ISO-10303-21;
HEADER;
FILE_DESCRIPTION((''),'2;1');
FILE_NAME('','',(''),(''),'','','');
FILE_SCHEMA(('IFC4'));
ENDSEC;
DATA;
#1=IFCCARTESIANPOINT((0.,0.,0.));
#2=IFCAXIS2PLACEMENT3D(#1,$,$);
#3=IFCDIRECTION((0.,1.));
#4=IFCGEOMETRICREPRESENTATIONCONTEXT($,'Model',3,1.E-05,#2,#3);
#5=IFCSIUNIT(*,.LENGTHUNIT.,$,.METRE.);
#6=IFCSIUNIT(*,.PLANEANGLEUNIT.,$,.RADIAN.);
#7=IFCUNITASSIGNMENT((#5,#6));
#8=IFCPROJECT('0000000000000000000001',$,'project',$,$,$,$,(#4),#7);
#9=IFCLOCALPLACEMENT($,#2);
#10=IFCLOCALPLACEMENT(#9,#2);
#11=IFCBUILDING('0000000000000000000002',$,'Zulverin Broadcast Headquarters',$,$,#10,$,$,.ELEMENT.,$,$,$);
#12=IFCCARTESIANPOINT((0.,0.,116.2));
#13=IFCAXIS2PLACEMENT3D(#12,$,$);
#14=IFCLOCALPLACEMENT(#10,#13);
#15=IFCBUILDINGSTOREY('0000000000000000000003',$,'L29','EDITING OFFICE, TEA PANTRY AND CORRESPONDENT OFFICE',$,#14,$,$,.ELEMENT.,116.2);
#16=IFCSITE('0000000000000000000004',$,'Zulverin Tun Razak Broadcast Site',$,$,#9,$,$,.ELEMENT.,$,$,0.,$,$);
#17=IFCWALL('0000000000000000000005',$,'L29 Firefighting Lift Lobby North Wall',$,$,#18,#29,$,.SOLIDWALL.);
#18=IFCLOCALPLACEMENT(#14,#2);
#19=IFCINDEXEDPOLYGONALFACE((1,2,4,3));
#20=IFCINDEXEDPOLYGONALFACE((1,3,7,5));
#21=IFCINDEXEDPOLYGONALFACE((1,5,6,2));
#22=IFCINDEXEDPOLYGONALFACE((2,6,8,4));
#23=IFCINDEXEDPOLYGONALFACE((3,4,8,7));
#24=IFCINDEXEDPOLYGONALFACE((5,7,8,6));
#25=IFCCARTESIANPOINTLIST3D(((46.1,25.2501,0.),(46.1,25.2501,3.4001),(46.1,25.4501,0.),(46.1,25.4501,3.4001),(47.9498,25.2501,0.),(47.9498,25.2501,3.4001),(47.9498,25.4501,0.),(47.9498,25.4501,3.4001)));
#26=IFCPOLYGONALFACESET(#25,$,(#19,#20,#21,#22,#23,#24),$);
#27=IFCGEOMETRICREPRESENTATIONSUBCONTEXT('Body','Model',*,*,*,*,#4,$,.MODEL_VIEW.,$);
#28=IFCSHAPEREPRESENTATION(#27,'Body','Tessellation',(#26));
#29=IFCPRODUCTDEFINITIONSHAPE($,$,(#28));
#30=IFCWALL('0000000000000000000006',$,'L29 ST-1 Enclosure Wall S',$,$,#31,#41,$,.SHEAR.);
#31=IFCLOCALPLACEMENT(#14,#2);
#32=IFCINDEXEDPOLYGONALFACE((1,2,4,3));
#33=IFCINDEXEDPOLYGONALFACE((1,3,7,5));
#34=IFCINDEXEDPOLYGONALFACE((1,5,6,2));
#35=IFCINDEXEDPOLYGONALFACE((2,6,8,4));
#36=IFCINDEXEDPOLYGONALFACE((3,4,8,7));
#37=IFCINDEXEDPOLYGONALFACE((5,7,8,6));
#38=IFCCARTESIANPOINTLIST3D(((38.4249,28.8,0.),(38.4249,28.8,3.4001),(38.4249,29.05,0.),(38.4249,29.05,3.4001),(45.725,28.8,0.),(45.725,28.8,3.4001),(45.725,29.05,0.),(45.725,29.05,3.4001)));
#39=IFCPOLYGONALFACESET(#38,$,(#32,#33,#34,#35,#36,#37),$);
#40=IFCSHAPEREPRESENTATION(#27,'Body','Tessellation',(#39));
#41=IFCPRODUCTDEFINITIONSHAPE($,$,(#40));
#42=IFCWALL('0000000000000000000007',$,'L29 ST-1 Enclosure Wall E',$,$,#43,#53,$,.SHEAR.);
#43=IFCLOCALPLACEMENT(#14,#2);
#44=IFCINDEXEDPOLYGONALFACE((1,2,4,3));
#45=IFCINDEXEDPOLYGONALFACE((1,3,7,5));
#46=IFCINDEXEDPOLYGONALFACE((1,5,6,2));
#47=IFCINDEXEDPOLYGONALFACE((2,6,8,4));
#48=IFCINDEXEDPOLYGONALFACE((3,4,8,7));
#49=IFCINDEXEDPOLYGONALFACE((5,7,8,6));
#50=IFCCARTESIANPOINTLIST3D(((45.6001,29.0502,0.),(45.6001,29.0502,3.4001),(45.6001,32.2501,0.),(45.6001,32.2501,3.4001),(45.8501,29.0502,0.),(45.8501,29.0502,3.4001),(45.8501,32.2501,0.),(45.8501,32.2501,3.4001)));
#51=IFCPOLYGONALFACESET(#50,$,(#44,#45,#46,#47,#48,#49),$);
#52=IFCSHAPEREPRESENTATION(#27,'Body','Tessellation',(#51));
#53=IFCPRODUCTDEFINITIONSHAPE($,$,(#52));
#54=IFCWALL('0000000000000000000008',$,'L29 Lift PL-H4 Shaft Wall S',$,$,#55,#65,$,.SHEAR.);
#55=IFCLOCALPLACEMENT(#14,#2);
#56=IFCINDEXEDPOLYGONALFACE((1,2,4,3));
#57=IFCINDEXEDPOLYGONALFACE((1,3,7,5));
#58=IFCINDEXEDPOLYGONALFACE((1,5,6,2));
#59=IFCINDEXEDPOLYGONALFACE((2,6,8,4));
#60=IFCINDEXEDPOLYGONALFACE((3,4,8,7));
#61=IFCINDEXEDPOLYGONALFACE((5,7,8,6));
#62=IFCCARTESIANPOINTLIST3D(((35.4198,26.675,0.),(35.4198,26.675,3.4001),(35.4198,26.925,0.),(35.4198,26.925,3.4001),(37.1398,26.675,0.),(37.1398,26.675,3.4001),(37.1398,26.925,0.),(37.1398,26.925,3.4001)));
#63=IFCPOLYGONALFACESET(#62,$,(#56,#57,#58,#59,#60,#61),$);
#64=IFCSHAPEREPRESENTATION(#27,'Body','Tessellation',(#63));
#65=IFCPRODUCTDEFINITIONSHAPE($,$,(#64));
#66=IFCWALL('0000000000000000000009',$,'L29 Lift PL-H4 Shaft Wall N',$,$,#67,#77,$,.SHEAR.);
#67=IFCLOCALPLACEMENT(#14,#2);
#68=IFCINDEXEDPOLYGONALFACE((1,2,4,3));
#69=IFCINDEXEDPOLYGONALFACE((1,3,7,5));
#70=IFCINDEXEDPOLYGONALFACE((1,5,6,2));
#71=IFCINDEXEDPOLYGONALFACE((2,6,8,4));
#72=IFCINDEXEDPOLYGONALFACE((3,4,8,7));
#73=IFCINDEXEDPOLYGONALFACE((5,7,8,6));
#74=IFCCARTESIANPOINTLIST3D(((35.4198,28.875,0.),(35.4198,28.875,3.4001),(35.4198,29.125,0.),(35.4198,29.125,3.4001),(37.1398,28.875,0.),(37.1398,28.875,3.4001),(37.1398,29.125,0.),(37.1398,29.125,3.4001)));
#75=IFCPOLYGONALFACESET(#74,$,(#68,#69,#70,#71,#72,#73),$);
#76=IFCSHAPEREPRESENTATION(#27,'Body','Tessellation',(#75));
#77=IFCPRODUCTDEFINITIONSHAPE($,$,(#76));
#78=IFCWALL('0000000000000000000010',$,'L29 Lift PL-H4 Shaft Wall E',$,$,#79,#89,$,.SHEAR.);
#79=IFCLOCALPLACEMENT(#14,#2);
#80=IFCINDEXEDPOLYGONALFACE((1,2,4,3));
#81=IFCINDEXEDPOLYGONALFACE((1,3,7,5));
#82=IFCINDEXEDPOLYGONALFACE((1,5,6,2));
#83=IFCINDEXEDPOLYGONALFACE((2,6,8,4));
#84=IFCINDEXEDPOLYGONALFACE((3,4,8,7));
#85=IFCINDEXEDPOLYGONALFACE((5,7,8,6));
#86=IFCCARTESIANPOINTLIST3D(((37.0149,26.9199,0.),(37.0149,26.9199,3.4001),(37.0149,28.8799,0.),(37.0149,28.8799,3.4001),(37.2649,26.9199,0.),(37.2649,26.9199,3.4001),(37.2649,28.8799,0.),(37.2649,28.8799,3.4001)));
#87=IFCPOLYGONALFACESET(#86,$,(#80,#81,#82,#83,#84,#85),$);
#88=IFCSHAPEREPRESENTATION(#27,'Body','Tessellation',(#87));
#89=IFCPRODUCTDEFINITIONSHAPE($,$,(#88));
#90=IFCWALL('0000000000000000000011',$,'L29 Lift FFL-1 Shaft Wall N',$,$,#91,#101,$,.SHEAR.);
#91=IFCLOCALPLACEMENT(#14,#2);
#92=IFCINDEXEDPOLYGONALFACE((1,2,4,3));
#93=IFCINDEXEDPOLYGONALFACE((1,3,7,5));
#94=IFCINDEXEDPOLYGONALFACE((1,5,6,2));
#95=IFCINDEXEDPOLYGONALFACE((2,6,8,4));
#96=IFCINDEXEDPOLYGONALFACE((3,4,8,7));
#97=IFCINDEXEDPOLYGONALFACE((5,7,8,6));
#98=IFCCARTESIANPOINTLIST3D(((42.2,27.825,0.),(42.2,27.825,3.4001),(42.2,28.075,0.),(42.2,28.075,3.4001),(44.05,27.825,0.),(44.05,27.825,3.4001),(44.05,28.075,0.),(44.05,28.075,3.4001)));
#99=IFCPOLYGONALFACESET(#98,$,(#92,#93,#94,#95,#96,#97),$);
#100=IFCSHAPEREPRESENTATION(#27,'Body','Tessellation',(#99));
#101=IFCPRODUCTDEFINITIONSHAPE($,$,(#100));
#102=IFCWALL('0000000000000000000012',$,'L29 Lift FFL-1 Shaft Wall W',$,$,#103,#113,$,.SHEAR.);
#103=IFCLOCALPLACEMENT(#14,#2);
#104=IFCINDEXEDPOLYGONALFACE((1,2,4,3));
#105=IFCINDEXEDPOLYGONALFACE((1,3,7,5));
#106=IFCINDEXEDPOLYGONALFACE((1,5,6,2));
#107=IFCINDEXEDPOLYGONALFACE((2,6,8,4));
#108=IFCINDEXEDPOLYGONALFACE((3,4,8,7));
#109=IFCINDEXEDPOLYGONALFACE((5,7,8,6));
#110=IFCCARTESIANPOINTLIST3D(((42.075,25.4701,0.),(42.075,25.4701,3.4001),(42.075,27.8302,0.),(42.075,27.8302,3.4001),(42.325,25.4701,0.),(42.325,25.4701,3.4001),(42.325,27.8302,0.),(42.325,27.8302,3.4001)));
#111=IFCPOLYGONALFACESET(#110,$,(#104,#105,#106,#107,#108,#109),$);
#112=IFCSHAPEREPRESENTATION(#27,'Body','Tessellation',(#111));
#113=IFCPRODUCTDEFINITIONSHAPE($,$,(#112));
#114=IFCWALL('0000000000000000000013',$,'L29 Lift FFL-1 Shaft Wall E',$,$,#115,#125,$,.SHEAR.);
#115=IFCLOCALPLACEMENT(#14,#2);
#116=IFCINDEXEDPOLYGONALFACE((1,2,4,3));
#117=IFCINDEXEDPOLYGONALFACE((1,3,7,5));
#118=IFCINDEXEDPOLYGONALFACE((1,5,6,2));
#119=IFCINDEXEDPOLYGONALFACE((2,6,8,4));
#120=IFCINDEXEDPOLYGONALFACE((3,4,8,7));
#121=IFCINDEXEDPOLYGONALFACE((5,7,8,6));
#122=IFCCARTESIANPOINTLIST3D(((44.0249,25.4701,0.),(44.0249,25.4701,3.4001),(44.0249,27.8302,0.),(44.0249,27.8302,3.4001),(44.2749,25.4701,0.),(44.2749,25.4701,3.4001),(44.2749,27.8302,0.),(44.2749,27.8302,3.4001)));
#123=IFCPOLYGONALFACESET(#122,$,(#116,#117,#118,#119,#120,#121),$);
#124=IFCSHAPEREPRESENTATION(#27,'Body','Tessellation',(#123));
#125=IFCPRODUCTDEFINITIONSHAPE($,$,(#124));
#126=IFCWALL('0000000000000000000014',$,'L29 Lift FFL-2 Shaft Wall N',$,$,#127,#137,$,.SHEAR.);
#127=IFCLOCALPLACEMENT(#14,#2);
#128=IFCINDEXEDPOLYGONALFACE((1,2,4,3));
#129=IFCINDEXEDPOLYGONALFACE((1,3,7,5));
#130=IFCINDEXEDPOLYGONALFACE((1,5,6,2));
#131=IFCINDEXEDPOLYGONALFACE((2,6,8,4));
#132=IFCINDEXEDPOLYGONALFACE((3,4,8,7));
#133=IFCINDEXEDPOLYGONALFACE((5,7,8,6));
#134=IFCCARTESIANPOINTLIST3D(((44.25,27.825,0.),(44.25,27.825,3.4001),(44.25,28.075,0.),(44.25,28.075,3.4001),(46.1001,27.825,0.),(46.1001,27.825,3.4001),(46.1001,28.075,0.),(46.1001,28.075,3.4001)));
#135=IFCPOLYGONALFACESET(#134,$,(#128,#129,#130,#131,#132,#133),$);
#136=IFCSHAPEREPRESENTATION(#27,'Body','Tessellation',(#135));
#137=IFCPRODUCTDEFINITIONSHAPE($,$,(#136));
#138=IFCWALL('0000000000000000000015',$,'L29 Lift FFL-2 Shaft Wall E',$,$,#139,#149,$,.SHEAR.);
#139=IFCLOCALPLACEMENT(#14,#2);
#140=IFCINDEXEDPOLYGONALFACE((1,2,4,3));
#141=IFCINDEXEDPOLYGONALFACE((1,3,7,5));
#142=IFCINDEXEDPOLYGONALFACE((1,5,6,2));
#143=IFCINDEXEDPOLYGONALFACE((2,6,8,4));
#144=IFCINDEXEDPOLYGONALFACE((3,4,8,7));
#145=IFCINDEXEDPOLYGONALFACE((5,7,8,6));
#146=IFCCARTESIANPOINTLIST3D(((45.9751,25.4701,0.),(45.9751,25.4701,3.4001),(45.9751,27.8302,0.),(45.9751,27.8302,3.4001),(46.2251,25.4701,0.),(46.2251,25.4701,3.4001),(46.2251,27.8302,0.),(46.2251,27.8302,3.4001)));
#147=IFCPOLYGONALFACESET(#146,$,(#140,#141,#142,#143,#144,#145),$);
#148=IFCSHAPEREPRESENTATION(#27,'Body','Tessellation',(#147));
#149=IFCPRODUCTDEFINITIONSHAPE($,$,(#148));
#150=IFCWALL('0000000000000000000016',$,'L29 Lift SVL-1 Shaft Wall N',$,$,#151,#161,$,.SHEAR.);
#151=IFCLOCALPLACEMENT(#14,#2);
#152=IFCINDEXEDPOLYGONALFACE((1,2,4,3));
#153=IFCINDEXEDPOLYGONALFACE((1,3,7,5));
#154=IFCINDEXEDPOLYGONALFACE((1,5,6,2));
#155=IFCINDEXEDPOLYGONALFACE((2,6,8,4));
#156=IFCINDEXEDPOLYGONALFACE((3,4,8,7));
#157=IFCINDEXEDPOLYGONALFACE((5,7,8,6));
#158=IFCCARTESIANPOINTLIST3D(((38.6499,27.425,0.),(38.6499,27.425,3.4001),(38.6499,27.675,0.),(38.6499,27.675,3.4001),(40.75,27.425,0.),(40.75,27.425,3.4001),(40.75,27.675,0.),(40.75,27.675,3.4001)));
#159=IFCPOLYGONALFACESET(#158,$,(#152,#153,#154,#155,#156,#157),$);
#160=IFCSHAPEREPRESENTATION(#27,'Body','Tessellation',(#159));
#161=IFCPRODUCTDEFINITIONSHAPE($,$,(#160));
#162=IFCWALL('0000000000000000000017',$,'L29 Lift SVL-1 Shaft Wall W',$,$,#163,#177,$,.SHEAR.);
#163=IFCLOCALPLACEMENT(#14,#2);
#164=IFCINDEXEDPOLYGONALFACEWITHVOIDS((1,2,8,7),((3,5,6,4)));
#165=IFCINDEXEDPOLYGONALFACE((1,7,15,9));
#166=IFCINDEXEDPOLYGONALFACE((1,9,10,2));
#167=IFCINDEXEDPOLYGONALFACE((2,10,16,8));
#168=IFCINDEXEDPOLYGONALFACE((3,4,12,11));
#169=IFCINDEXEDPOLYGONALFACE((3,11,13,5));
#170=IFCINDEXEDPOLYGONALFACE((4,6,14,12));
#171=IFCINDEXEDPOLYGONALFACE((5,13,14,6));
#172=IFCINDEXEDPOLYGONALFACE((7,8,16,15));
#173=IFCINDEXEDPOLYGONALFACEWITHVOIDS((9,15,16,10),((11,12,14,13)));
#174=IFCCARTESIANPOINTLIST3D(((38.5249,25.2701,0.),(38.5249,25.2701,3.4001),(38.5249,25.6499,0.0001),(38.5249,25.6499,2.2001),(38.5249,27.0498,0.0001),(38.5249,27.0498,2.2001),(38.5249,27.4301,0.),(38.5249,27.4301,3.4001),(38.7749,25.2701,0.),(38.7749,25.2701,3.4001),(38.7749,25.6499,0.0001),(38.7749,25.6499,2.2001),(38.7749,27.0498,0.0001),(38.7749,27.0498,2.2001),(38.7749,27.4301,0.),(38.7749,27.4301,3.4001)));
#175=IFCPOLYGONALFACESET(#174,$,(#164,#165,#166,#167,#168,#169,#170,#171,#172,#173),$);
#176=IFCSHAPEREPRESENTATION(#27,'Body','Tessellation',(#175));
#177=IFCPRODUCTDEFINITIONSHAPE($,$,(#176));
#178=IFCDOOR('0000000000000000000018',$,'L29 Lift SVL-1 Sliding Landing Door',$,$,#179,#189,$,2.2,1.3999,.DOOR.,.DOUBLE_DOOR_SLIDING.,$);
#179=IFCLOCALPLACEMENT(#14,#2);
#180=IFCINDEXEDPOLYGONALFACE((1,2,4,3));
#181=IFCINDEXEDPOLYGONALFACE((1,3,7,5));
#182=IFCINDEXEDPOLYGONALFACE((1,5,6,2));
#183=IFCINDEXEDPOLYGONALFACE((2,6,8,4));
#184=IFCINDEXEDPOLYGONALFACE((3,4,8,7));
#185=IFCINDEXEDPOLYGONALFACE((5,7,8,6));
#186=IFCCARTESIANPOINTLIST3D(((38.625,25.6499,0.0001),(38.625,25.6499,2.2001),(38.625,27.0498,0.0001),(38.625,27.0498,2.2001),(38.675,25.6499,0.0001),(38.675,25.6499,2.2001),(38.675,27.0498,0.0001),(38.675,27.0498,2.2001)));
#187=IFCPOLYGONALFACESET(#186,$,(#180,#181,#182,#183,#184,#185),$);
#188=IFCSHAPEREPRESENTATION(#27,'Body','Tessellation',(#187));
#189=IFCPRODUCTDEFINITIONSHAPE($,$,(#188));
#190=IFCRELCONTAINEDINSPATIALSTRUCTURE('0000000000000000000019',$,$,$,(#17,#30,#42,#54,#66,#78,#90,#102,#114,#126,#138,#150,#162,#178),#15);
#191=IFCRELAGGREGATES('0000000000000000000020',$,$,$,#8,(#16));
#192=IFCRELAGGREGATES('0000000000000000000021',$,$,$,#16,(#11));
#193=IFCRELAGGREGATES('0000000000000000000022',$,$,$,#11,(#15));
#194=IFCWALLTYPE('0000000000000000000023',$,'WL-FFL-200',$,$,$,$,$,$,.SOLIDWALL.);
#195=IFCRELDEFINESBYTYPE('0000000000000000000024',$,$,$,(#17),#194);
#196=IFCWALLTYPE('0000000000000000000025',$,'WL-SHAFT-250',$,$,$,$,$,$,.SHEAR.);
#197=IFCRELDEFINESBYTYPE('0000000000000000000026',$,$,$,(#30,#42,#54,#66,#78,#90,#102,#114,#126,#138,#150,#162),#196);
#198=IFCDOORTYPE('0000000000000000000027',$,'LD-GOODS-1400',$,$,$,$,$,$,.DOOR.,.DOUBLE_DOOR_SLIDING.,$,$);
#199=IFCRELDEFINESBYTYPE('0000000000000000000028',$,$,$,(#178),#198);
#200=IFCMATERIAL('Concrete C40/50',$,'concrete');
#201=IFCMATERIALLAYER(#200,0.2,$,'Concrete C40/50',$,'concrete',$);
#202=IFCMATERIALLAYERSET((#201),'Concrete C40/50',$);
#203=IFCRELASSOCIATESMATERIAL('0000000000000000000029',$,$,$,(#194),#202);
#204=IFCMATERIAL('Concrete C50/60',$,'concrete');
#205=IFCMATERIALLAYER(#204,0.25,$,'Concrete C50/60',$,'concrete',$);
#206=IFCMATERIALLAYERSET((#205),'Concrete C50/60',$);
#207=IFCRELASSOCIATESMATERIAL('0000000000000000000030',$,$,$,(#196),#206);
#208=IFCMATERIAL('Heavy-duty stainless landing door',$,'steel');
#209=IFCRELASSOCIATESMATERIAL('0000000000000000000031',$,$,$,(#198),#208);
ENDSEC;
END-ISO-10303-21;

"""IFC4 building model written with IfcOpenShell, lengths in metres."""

from ifc_helpers import new_model, si_unit, direction, frame, frame_2d, origin, place, context, subcontext, project, spatial, rectangle, extrude, material, layer, layer_set, type_object, element, fill, save


model = new_model("IFC4")

# Units and contexts
model_context = context("Model", 3, precision=1e-05, world=origin(), true_north=direction((0.0, 1.0)))
body_context = subcontext(model_context, "Body", "Model", "MODEL_VIEW")
ifc_project = project(units=[si_unit("LENGTHUNIT", "METRE"), si_unit("PLANEANGLEUNIT", "RADIAN")], contexts=[model_context])

# Site, building, storey
site_placement = place(None, origin())
site = spatial("IfcSite", under=ifc_project, at=site_placement, Name="Zulverin Tun Razak Broadcast Site", CompositionType="ELEMENT", RefElevation=0.0)
building_placement = place(site_placement, origin())
building = spatial("IfcBuilding", under=site, at=building_placement, Name="Zulverin Broadcast Headquarters", CompositionType="ELEMENT")
storey_placement = place(building_placement, frame((0.0, 0.0, 116.2)))
storey = spatial("IfcBuildingStorey", under=building, at=storey_placement, Name="L29", Description="EDITING OFFICE, TEA PANTRY AND CORRESPONDENT OFFICE", CompositionType="ELEMENT", Elevation=116.2)

# Walls
ifc_material_1 = material(Name="Concrete C40/50", Category="concrete")
ifc_layer_1 = layer(ifc_material_1, 0.2, Name="Concrete C40/50", Category="concrete")
ifc_layer_set_1 = layer_set([ifc_layer_1], Name="Concrete C40/50")
wall_type_1 = type_object("IfcWallType", Name="WL-FFL-200", PredefinedType="SOLIDWALL", material=ifc_layer_set_1)
wall_1_placement = place(storey_placement, frame((46.1001, 25.3501, 0.0), z_axis=(0.0, 0.0, 1.0), x_axis=(1.0, 0.0, 0.0)))
element("IfcWall", 1, at=wall_1_placement, inside=storey, type_object=wall_type_1, Name="L29 Firefighting Lift Lobby North Wall", PredefinedType="SOLIDWALL", context=body_context, shape_type="SweptSolid", body=[
    extrude(rectangle(XDim=1.8499, YDim=0.2, at=frame_2d((0.9248, 0.0))), origin(), (0.0, 0.0, 1.0), 3.4001),
])
ifc_material_2 = material(Name="Concrete C50/60", Category="concrete")
ifc_layer_2 = layer(ifc_material_2, 0.25, Name="Concrete C50/60", Category="concrete")
ifc_layer_set_2 = layer_set([ifc_layer_2], Name="Concrete C50/60")
wall_type_2 = type_object("IfcWallType", Name="WL-SHAFT-250", PredefinedType="SHEAR", material=ifc_layer_set_2)
wall_2_placement = place(storey_placement, frame((38.425, 28.925, 0.0), z_axis=(0.0, 0.0, 1.0), x_axis=(1.0, 0.0, 0.0)))
element("IfcWall", 2, at=wall_2_placement, inside=storey, type_object=wall_type_2, Name="L29 ST-1 Enclosure Wall S", PredefinedType="SHEAR", context=body_context, shape_type="SweptSolid", body=[
    extrude(rectangle(XDim=7.3, YDim=0.25, at=frame_2d((3.6499, 0.0))), origin(), (0.0, 0.0, 1.0), 3.4001),
])

# Walls
wall_3_placement = place(storey_placement, frame((45.7251, 29.05, 0.0), z_axis=(0.0, 0.0, 1.0), x_axis=(0.0, 1.0, 0.0)))
element("IfcWall", 3, at=wall_3_placement, inside=storey, type_object=wall_type_2, Name="L29 ST-1 Enclosure Wall E", PredefinedType="SHEAR", context=body_context, shape_type="SweptSolid", body=[
    extrude(rectangle(XDim=3.2, YDim=0.25, at=frame_2d((1.6001, 0.0))), origin(), (0.0, 0.0, 1.0), 3.4001),
])
for number, where, z_axis, x_axis, name in (
    (4, (35.4199, 26.8, 0.0), (0.0, 0.0, 1.0), (1.0, 0.0, 0.0), "L29 Lift PL-H4 Shaft Wall S"),
    (5, (35.4199, 29.0, 0.0), (0.0, 0.0, 1.0), (1.0, 0.0, 0.0), "L29 Lift PL-H4 Shaft Wall N"),
):
    element("IfcWall", number, at=place(storey_placement, frame(where, z_axis=z_axis, x_axis=x_axis)), inside=storey, type_object=wall_type_2, Name=name, PredefinedType="SHEAR", context=body_context, shape_type="SweptSolid", body=[
        extrude(rectangle(XDim=1.72, YDim=0.25, at=frame_2d((0.8599, 0.0))), origin(), (0.0, 0.0, 1.0), 3.4001),
    ])
wall_4_placement = place(storey_placement, frame((37.1399, 26.9199, 0.0), z_axis=(0.0, 0.0, 1.0), x_axis=(0.0, 1.0, 0.0)))
element("IfcWall", 6, at=wall_4_placement, inside=storey, type_object=wall_type_2, Name="L29 Lift PL-H4 Shaft Wall E", PredefinedType="SHEAR", context=body_context, shape_type="SweptSolid", body=[
    extrude(rectangle(XDim=1.96, YDim=0.25, at=frame_2d((0.98, 0.0))), origin(), (0.0, 0.0, 1.0), 3.4001),
])

# Walls
wall_5_placement = place(storey_placement, frame((42.2, 27.95, 0.0), z_axis=(0.0, 0.0, 1.0), x_axis=(1.0, 0.0, 0.0)))
element("IfcWall", 7, at=wall_5_placement, inside=storey, type_object=wall_type_2, Name="L29 Lift FFL-1 Shaft Wall N", PredefinedType="SHEAR", context=body_context, shape_type="SweptSolid", body=[
    extrude(rectangle(XDim=1.8501, YDim=0.25, at=frame_2d((0.925, 0.0))), origin(), (0.0, 0.0, 1.0), 3.4001),
])
for number, where, z_axis, x_axis, name in (
    (8, (42.2, 25.47, 0.0), (0.0, 0.0, 1.0), (0.0, 1.0, 0.0), "L29 Lift FFL-1 Shaft Wall W"),
    (9, (44.1499, 25.47, 0.0), (0.0, 0.0, 1.0), (0.0, 1.0, 0.0), "L29 Lift FFL-1 Shaft Wall E"),
):
    element("IfcWall", number, at=place(storey_placement, frame(where, z_axis=z_axis, x_axis=x_axis)), inside=storey, type_object=wall_type_2, Name=name, PredefinedType="SHEAR", context=body_context, shape_type="SweptSolid", body=[
        extrude(rectangle(XDim=2.3601, YDim=0.25, at=frame_2d((1.1802, 0.0))), origin(), (0.0, 0.0, 1.0), 3.4001),
    ])

# Walls
wall_6_placement = place(storey_placement, frame((44.25, 27.95, 0.0), z_axis=(0.0, 0.0, 1.0), x_axis=(1.0, 0.0, 0.0)))
element("IfcWall", 10, at=wall_6_placement, inside=storey, type_object=wall_type_2, Name="L29 Lift FFL-2 Shaft Wall N", PredefinedType="SHEAR", context=body_context, shape_type="SweptSolid", body=[
    extrude(rectangle(XDim=1.8501, YDim=0.25, at=frame_2d((0.925, 0.0))), origin(), (0.0, 0.0, 1.0), 3.4001),
])
wall_7_placement = place(storey_placement, frame((46.1001, 25.47, 0.0), z_axis=(0.0, 0.0, 1.0), x_axis=(0.0, 1.0, 0.0)))
element("IfcWall", 11, at=wall_7_placement, inside=storey, type_object=wall_type_2, Name="L29 Lift FFL-2 Shaft Wall E", PredefinedType="SHEAR", context=body_context, shape_type="SweptSolid", body=[
    extrude(rectangle(XDim=2.3601, YDim=0.25, at=frame_2d((1.1802, 0.0))), origin(), (0.0, 0.0, 1.0), 3.4001),
])
wall_8_placement = place(storey_placement, frame((38.6499, 27.55, 0.0), z_axis=(0.0, 0.0, 1.0), x_axis=(1.0, 0.0, 0.0)))
element("IfcWall", 12, at=wall_8_placement, inside=storey, type_object=wall_type_2, Name="L29 Lift SVL-1 Shaft Wall N", PredefinedType="SHEAR", context=body_context, shape_type="SweptSolid", body=[
    extrude(rectangle(XDim=2.1001, YDim=0.25, at=frame_2d((1.05, 0.0))), origin(), (0.0, 0.0, 1.0), 3.4001),
])

# Wall, opening, door
wall_9_placement = place(storey_placement, frame((38.6499, 25.27, 0.0), z_axis=(0.0, 0.0, 1.0), x_axis=(0.0, 1.0, 0.0)))
wall_9 = element("IfcWall", 13, at=wall_9_placement, inside=storey, type_object=wall_type_2, Name="L29 Lift SVL-1 Shaft Wall W", PredefinedType="SHEAR", context=body_context, shape_type="SweptSolid", body=[
    extrude(rectangle(XDim=2.1599, YDim=0.25, at=frame_2d((1.0801, 0.0))), origin(), (0.0, 0.0, 1.0), 3.4001),
])
opening_1_placement = place(wall_9_placement, frame((0.3799, 0.0, 0.0)))
opening_1 = element("IfcOpeningElement", 14, at=opening_1_placement, cuts=wall_9, PredefinedType="OPENING", context=body_context, shape_type="SweptSolid", body=[
    extrude(rectangle(XDim=1.3999, YDim=2.2, at=frame_2d((0.7, 1.1001))), frame((0.0, 0.135, 0.0), z_axis=(0.0, -1.0, 0.0), x_axis=(1.0, 0.0, 0.0)), (0.0, 0.0, 1.0), 0.27),
])
ifc_material_3 = material(Name="Heavy-duty stainless landing door", Category="steel")
door_type_1 = type_object("IfcDoorType", Name="LD-GOODS-1400", OperationType="DOUBLE_DOOR_SLIDING", PredefinedType="DOOR", material=ifc_material_3)
door_1_placement = place(opening_1_placement, origin())
door_1 = element("IfcDoor", 15, at=door_1_placement, inside=storey, type_object=door_type_1, Name="L29 Lift SVL-1 Sliding Landing Door", OperationType="DOUBLE_DOOR_SLIDING", OverallHeight=2.2, OverallWidth=1.3999, PredefinedType="DOOR", context=body_context, shape_type="SweptSolid", body=[
    extrude(rectangle(XDim=1.3999, YDim=2.2, at=frame_2d((0.7, 1.1001))), frame((0.0, 0.0249, 0.0), z_axis=(0.0, -1.0, 0.0), x_axis=(1.0, 0.0, 0.0)), (0.0, 0.0, 1.0), 0.05),
])
fill(opening_1, door_1)

save(model, "model.ifc")
